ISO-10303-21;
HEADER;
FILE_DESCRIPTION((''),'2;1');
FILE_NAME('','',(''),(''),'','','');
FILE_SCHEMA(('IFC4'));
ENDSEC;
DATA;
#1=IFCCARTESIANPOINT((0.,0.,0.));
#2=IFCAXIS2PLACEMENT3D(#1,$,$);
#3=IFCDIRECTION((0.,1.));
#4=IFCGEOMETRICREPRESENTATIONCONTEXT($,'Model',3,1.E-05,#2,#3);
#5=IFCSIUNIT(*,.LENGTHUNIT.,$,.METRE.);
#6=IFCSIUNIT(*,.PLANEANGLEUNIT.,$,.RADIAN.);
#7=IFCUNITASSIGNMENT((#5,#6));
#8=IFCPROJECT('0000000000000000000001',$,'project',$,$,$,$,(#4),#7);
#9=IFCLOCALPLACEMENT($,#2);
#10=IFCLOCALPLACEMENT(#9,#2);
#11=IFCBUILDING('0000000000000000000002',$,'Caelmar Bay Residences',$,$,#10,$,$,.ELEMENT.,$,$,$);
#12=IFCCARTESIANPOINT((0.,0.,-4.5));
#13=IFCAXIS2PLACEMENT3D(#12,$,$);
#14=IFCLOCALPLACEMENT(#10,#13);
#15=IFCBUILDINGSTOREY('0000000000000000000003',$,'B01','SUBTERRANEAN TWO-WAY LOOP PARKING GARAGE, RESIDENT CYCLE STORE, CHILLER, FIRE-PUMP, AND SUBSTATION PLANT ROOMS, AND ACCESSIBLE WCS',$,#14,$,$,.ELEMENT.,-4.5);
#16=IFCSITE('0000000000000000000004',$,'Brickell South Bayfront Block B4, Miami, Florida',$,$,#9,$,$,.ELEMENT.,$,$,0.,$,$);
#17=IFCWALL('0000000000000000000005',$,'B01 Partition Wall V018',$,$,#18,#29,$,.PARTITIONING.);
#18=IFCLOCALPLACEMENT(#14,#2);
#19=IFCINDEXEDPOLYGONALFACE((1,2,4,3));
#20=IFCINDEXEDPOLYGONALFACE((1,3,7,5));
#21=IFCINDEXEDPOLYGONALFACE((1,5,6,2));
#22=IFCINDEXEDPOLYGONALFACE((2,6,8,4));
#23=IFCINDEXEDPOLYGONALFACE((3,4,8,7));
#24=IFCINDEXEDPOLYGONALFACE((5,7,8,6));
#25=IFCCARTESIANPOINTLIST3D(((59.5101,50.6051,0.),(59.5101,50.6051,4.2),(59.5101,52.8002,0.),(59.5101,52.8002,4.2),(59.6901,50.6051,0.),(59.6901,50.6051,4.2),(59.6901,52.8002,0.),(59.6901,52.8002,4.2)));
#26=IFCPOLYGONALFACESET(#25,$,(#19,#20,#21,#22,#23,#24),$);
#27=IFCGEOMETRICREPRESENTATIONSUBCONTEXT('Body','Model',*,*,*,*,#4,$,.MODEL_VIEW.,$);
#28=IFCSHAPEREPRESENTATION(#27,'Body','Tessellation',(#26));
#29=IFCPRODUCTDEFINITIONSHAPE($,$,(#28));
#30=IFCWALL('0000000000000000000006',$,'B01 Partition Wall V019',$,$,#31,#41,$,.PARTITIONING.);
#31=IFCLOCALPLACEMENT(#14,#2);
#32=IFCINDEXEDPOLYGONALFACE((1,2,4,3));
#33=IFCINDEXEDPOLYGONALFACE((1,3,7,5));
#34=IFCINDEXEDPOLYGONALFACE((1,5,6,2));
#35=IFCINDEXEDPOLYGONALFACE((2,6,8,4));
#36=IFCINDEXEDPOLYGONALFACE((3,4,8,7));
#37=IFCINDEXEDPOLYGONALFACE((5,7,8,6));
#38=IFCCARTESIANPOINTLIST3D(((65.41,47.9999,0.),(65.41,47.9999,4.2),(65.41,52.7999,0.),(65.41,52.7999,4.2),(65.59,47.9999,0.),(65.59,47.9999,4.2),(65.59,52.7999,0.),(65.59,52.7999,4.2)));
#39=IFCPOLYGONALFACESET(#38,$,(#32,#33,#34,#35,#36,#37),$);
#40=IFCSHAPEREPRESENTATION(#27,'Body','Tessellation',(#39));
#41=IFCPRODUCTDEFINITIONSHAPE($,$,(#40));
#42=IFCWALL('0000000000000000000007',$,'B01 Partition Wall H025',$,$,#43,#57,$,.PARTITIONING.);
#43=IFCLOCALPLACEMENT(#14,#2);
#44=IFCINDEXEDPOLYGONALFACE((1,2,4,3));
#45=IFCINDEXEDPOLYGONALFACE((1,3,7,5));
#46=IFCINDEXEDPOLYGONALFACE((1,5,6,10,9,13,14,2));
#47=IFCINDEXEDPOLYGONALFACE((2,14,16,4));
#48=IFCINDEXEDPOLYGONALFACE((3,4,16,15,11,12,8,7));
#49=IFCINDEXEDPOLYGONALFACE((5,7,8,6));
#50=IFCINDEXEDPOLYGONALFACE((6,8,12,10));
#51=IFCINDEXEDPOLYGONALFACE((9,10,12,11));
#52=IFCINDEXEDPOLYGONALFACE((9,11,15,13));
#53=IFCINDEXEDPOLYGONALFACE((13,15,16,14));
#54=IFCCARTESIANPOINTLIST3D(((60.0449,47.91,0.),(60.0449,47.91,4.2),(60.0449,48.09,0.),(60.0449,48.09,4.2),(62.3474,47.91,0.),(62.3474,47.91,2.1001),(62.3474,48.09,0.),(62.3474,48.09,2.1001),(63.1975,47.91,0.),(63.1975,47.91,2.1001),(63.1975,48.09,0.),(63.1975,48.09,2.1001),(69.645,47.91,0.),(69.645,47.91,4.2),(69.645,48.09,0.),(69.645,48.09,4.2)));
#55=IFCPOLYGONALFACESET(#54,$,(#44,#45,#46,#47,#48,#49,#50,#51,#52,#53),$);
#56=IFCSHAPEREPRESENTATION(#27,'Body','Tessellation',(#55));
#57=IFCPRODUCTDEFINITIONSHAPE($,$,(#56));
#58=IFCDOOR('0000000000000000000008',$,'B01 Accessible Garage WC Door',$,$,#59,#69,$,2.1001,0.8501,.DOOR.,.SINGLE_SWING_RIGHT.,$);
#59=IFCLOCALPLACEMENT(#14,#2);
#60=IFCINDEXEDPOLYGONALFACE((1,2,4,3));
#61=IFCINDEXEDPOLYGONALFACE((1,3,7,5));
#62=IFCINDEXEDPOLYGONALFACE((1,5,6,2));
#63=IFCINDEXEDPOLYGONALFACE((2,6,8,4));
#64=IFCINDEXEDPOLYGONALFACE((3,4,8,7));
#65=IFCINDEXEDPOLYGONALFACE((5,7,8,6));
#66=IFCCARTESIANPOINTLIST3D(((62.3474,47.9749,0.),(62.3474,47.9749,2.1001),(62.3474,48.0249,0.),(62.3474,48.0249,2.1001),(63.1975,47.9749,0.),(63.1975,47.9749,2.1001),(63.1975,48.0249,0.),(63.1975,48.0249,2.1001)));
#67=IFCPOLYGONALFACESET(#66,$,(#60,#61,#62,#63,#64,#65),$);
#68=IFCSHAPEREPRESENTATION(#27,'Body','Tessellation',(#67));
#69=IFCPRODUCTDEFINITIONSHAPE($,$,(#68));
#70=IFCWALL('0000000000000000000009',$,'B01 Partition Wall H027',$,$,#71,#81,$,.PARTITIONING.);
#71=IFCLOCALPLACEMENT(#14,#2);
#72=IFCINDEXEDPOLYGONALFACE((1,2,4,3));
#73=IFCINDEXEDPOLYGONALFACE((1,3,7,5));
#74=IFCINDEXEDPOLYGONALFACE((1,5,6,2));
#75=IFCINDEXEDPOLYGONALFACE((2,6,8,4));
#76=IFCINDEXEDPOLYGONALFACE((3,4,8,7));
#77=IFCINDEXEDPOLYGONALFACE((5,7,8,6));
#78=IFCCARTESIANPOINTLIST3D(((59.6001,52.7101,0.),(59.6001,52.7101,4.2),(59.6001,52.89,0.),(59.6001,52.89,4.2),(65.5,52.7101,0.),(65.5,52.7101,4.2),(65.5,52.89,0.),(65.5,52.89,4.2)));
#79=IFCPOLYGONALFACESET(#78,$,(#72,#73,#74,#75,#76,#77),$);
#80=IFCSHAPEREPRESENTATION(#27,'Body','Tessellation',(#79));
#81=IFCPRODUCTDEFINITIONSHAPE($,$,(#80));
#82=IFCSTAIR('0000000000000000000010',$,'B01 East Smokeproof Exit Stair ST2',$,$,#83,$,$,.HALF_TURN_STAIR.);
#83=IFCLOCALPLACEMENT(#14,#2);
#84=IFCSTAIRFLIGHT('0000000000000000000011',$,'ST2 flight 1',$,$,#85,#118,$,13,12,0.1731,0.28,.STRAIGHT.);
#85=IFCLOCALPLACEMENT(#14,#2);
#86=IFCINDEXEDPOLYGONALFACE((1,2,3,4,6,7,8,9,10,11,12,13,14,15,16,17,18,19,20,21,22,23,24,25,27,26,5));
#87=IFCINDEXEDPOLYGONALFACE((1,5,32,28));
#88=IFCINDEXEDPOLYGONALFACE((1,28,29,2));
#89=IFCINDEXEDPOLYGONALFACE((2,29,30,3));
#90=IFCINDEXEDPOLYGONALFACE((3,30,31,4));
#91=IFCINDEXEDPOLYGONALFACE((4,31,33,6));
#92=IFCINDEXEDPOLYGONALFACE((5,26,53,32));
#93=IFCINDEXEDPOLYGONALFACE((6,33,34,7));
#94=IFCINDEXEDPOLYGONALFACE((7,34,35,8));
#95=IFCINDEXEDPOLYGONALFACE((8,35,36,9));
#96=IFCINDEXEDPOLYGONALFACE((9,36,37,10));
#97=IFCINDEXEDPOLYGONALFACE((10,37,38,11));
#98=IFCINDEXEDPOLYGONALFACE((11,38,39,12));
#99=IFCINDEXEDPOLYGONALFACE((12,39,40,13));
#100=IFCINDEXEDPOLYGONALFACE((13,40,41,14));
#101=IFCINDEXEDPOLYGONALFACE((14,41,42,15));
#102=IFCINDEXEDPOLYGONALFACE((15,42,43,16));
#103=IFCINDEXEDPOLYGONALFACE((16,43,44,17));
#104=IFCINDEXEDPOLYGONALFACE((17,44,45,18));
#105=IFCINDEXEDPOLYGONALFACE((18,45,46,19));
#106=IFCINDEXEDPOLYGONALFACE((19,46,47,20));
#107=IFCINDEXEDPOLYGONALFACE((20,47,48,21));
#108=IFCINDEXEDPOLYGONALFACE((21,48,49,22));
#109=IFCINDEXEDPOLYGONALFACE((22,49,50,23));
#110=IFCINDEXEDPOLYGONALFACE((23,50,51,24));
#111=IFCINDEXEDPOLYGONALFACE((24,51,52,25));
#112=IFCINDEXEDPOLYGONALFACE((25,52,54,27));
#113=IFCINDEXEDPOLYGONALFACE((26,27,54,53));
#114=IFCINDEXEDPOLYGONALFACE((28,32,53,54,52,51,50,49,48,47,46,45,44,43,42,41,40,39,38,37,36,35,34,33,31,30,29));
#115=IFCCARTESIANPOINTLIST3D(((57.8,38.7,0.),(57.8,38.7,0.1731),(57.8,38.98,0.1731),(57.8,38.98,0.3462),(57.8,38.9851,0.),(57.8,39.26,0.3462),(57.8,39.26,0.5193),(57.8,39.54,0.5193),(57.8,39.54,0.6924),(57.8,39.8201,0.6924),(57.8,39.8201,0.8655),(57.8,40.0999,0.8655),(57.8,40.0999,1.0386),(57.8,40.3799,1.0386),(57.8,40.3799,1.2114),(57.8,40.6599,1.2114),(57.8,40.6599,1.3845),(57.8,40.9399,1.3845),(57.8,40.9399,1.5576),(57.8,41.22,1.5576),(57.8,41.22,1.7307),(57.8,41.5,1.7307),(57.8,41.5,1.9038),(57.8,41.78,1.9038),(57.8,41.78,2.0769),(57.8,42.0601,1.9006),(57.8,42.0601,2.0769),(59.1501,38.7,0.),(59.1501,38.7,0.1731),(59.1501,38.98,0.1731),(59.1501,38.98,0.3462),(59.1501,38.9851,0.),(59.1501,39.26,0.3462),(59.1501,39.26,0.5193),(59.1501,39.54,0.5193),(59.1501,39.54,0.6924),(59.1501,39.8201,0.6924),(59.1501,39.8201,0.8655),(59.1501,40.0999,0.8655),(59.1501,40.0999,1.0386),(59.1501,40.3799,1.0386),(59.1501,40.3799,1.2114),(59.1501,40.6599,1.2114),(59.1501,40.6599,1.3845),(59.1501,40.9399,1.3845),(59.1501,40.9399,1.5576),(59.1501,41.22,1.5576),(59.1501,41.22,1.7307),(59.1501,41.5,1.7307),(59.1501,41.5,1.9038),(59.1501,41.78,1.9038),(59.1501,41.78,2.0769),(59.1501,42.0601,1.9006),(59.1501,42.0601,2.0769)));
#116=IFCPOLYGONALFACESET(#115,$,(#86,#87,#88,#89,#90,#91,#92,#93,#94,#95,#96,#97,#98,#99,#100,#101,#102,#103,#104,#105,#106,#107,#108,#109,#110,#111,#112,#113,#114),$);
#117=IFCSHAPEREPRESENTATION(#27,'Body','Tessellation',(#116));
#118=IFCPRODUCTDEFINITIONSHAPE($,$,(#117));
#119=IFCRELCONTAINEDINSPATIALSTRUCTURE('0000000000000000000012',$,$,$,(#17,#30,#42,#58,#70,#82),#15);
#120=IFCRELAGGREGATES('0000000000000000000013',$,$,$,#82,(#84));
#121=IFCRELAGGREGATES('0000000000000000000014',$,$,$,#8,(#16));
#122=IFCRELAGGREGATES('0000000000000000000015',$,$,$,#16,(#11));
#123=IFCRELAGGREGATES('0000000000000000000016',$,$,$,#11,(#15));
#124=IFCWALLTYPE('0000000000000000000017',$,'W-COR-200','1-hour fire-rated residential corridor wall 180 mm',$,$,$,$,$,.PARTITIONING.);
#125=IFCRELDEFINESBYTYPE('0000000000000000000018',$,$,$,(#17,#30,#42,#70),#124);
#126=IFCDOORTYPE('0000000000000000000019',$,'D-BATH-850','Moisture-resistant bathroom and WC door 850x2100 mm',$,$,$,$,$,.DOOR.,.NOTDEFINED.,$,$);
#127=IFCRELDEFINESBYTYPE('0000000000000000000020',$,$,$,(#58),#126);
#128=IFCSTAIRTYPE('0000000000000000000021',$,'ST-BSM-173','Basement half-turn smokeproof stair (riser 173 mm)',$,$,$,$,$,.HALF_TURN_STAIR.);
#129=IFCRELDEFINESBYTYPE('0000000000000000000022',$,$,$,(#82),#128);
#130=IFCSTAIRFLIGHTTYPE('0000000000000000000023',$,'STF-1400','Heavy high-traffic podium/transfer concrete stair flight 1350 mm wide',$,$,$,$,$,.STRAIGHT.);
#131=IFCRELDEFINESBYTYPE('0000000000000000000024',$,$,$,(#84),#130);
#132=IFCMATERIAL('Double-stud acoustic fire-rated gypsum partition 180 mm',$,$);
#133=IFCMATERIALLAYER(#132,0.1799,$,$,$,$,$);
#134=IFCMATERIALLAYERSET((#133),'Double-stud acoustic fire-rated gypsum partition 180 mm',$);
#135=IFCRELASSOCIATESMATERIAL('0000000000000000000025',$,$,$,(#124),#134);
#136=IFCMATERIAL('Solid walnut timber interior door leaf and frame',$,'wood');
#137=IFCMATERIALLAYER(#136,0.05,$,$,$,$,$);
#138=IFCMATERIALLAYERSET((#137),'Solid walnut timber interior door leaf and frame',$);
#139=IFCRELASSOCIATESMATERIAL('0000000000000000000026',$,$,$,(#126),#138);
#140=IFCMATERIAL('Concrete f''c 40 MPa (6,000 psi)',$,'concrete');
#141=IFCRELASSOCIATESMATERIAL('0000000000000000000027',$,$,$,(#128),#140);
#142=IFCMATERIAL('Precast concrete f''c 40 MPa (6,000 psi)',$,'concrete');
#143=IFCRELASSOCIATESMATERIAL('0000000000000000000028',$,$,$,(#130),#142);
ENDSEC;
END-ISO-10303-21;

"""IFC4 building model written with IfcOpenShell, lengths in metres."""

from ifc_helpers import new_model, si_unit, direction, frame, frame_2d, origin, place, context, subcontext, project, spatial, polyline, rectangle, outline, extrude, material, layer, layer_set, type_object, element, fill, aggregate, save


model = new_model("IFC4")

# Units and contexts
model_context = context("Model", 3, precision=1e-05, world=origin(), true_north=direction((0.0, 1.0)))
body_context = subcontext(model_context, "Body", "Model", "MODEL_VIEW")
ifc_project = project(units=[si_unit("LENGTHUNIT", "METRE"), si_unit("PLANEANGLEUNIT", "RADIAN")], contexts=[model_context])

# Site, building, storey
site_placement = place(None, origin())
site = spatial("IfcSite", under=ifc_project, at=site_placement, Name="Brickell South Bayfront Block B4, Miami, Florida", CompositionType="ELEMENT", RefElevation=0.0)
building_placement = place(site_placement, origin())
building = spatial("IfcBuilding", under=site, at=building_placement, Name="Caelmar Bay Residences", CompositionType="ELEMENT")
storey_placement = place(building_placement, frame((0.0, 0.0, -4.5)))
storey = spatial("IfcBuildingStorey", under=building, at=storey_placement, Name="B01", Description="SUBTERRANEAN TWO-WAY LOOP PARKING GARAGE, RESIDENT CYCLE STORE, CHILLER, FIRE-PUMP, AND SUBSTATION PLANT ROOMS, AND ACCESSIBLE WCS", CompositionType="ELEMENT", Elevation=-4.5)

# Shared definitions
ifc_material_1 = material(Name="Concrete f'c 40 MPa (6,000 psi)", Category="concrete")

# Walls
ifc_material_2 = material(Name="Double-stud acoustic fire-rated gypsum partition 180 mm")
ifc_layer_1 = layer(ifc_material_2, 0.1799)
ifc_layer_set_1 = layer_set([ifc_layer_1], Name="Double-stud acoustic fire-rated gypsum partition 180 mm")
wall_type_1 = type_object("IfcWallType", Name="W-COR-200", Description="1-hour fire-rated residential corridor wall 180 mm", PredefinedType="PARTITIONING", material=ifc_layer_set_1)
wall_1_placement = place(storey_placement, frame((59.6001, 50.605, 0.0), z_axis=(0.0, 0.0, 1.0), x_axis=(0.0, 1.0, 0.0)))
element("IfcWall", 1, at=wall_1_placement, inside=storey, type_object=wall_type_1, Name="B01 Partition Wall V018", PredefinedType="PARTITIONING", context=body_context, shape_type="SweptSolid", body=[
    extrude(rectangle(XDim=2.1951, YDim=0.1799, at=frame_2d((1.0977, 0.0))), origin(), (0.0, 0.0, 1.0), 4.2),
])
wall_2_placement = place(storey_placement, frame((65.5, 48.0, 0.0), z_axis=(0.0, 0.0, 1.0), x_axis=(0.0, 1.0, 0.0)))
element("IfcWall", 2, at=wall_2_placement, inside=storey, type_object=wall_type_1, Name="B01 Partition Wall V019", PredefinedType="PARTITIONING", context=body_context, shape_type="SweptSolid", body=[
    extrude(rectangle(XDim=4.8, YDim=0.1799, at=frame_2d((2.3999, 0.0))), origin(), (0.0, 0.0, 1.0), 4.2),
])

# Wall, opening, door
wall_3_placement = place(storey_placement, frame((60.0449, 48.0, 0.0), z_axis=(0.0, 0.0, 1.0), x_axis=(1.0, 0.0, 0.0)))
wall_3 = element("IfcWall", 3, at=wall_3_placement, inside=storey, type_object=wall_type_1, Name="B01 Partition Wall H025", PredefinedType="PARTITIONING", context=body_context, shape_type="SweptSolid", body=[
    extrude(rectangle(XDim=9.6001, YDim=0.1799, at=frame_2d((4.8, 0.0))), origin(), (0.0, 0.0, 1.0), 4.2),
])
opening_placement = place(wall_3_placement, frame((2.3025, 0.0, 0.0)))
opening = element("IfcOpeningElement", 4, at=opening_placement, cuts=wall_3, PredefinedType="OPENING", context=body_context, shape_type="SweptSolid", body=[
    extrude(rectangle(XDim=0.8501, YDim=2.1001, at=frame_2d((0.425, 1.05))), frame((0.0, 0.0999, 0.0), z_axis=(0.0, -1.0, 0.0), x_axis=(1.0, 0.0, 0.0)), (0.0, 0.0, 1.0), 0.2),
])
ifc_material_3 = material(Name="Solid walnut timber interior door leaf and frame", Category="wood")
ifc_layer_2 = layer(ifc_material_3, 0.05)
ifc_layer_set_2 = layer_set([ifc_layer_2], Name="Solid walnut timber interior door leaf and frame")
door_type = type_object("IfcDoorType", Name="D-BATH-850", Description="Moisture-resistant bathroom and WC door 850x2100 mm", OperationType="NOTDEFINED", PredefinedType="DOOR", material=ifc_layer_set_2)
door_placement = place(opening_placement, origin())
door = element("IfcDoor", 5, at=door_placement, inside=storey, type_object=door_type, Name="B01 Accessible Garage WC Door", OperationType="SINGLE_SWING_RIGHT", OverallHeight=2.1001, OverallWidth=0.8501, PredefinedType="DOOR", context=body_context, shape_type="SweptSolid", body=[
    extrude(rectangle(XDim=0.8501, YDim=2.1001, at=frame_2d((0.425, 1.05))), frame((0.0, 0.0249, 0.0), z_axis=(0.0, -1.0, 0.0), x_axis=(1.0, 0.0, 0.0)), (0.0, 0.0, 1.0), 0.05),
])
fill(opening, door)

# Wall
wall_4_placement = place(storey_placement, frame((59.6001, 52.8, 0.0), z_axis=(0.0, 0.0, 1.0), x_axis=(1.0, 0.0, 0.0)))
element("IfcWall", 6, at=wall_4_placement, inside=storey, type_object=wall_type_1, Name="B01 Partition Wall H027", PredefinedType="PARTITIONING", context=body_context, shape_type="SweptSolid", body=[
    extrude(rectangle(XDim=5.8999, YDim=0.1799, at=frame_2d((2.95, 0.0))), origin(), (0.0, 0.0, 1.0), 4.2),
])

# Stair, stair flight
stair_type = type_object("IfcStairType", Name="ST-BSM-173", Description="Basement half-turn smokeproof stair (riser 173 mm)", PredefinedType="HALF_TURN_STAIR", material=ifc_material_1)
stair_placement = place(storey_placement, origin())
stair = element("IfcStair", 7, at=stair_placement, inside=storey, type_object=stair_type, Name="B01 East Smokeproof Exit Stair ST2", PredefinedType="HALF_TURN_STAIR")
ifc_material_4 = material(Name="Precast concrete f'c 40 MPa (6,000 psi)", Category="concrete")
stair_flight_type = type_object("IfcStairFlightType", Name="STF-1400", Description="Heavy high-traffic podium/transfer concrete stair flight 1350 mm wide", PredefinedType="STRAIGHT", material=ifc_material_4)
stair_flight_placement = place(storey_placement, frame((58.4751, 38.7, 0.0), z_axis=(0.0, 0.0, 1.0), x_axis=(0.0, 1.0, 0.0)))
stair_flight = element("IfcStairFlight", 8, at=stair_flight_placement, type_object=stair_flight_type, Name="ST2 flight 1", NumberOfRisers=13, NumberOfTreads=12, PredefinedType="STRAIGHT", RiserHeight=0.1731, TreadLength=0.28, context=body_context, shape_type="SweptSolid", body=[
    extrude(outline(polyline([(0.0, 0.0), (0.0, 0.1731), (0.28, 0.1731), (0.28, 0.3462), (0.5601, 0.3462), (0.5601, 0.5193), (0.8401, 0.5193), (0.8401, 0.6924), (1.1201, 0.6924), (1.1201, 0.8655), (1.3999, 0.8655), (1.3999, 1.0386), (1.6799, 1.0386), (1.6799, 1.2114), (1.96, 1.2114), (1.96, 1.3845), (2.24, 1.3845), (2.24, 1.5576), (2.52, 1.5576), (2.52, 1.7307), (2.8, 1.7307), (2.8, 1.9038), (3.0801, 1.9038), (3.0801, 2.0769), (3.3601, 2.0769), (3.3601, 2.25), (3.3601, 1.9006), (0.2852, 0.0), (0.0, 0.0)])), frame((0.0, 0.675, 0.0), z_axis=(0.0, -1.0, 0.0), x_axis=(1.0, 0.0, 0.0)), (0.0, 0.0, 1.0), 1.3501),
])
aggregate(stair, [stair_flight])

save(model, "model.ifc")
